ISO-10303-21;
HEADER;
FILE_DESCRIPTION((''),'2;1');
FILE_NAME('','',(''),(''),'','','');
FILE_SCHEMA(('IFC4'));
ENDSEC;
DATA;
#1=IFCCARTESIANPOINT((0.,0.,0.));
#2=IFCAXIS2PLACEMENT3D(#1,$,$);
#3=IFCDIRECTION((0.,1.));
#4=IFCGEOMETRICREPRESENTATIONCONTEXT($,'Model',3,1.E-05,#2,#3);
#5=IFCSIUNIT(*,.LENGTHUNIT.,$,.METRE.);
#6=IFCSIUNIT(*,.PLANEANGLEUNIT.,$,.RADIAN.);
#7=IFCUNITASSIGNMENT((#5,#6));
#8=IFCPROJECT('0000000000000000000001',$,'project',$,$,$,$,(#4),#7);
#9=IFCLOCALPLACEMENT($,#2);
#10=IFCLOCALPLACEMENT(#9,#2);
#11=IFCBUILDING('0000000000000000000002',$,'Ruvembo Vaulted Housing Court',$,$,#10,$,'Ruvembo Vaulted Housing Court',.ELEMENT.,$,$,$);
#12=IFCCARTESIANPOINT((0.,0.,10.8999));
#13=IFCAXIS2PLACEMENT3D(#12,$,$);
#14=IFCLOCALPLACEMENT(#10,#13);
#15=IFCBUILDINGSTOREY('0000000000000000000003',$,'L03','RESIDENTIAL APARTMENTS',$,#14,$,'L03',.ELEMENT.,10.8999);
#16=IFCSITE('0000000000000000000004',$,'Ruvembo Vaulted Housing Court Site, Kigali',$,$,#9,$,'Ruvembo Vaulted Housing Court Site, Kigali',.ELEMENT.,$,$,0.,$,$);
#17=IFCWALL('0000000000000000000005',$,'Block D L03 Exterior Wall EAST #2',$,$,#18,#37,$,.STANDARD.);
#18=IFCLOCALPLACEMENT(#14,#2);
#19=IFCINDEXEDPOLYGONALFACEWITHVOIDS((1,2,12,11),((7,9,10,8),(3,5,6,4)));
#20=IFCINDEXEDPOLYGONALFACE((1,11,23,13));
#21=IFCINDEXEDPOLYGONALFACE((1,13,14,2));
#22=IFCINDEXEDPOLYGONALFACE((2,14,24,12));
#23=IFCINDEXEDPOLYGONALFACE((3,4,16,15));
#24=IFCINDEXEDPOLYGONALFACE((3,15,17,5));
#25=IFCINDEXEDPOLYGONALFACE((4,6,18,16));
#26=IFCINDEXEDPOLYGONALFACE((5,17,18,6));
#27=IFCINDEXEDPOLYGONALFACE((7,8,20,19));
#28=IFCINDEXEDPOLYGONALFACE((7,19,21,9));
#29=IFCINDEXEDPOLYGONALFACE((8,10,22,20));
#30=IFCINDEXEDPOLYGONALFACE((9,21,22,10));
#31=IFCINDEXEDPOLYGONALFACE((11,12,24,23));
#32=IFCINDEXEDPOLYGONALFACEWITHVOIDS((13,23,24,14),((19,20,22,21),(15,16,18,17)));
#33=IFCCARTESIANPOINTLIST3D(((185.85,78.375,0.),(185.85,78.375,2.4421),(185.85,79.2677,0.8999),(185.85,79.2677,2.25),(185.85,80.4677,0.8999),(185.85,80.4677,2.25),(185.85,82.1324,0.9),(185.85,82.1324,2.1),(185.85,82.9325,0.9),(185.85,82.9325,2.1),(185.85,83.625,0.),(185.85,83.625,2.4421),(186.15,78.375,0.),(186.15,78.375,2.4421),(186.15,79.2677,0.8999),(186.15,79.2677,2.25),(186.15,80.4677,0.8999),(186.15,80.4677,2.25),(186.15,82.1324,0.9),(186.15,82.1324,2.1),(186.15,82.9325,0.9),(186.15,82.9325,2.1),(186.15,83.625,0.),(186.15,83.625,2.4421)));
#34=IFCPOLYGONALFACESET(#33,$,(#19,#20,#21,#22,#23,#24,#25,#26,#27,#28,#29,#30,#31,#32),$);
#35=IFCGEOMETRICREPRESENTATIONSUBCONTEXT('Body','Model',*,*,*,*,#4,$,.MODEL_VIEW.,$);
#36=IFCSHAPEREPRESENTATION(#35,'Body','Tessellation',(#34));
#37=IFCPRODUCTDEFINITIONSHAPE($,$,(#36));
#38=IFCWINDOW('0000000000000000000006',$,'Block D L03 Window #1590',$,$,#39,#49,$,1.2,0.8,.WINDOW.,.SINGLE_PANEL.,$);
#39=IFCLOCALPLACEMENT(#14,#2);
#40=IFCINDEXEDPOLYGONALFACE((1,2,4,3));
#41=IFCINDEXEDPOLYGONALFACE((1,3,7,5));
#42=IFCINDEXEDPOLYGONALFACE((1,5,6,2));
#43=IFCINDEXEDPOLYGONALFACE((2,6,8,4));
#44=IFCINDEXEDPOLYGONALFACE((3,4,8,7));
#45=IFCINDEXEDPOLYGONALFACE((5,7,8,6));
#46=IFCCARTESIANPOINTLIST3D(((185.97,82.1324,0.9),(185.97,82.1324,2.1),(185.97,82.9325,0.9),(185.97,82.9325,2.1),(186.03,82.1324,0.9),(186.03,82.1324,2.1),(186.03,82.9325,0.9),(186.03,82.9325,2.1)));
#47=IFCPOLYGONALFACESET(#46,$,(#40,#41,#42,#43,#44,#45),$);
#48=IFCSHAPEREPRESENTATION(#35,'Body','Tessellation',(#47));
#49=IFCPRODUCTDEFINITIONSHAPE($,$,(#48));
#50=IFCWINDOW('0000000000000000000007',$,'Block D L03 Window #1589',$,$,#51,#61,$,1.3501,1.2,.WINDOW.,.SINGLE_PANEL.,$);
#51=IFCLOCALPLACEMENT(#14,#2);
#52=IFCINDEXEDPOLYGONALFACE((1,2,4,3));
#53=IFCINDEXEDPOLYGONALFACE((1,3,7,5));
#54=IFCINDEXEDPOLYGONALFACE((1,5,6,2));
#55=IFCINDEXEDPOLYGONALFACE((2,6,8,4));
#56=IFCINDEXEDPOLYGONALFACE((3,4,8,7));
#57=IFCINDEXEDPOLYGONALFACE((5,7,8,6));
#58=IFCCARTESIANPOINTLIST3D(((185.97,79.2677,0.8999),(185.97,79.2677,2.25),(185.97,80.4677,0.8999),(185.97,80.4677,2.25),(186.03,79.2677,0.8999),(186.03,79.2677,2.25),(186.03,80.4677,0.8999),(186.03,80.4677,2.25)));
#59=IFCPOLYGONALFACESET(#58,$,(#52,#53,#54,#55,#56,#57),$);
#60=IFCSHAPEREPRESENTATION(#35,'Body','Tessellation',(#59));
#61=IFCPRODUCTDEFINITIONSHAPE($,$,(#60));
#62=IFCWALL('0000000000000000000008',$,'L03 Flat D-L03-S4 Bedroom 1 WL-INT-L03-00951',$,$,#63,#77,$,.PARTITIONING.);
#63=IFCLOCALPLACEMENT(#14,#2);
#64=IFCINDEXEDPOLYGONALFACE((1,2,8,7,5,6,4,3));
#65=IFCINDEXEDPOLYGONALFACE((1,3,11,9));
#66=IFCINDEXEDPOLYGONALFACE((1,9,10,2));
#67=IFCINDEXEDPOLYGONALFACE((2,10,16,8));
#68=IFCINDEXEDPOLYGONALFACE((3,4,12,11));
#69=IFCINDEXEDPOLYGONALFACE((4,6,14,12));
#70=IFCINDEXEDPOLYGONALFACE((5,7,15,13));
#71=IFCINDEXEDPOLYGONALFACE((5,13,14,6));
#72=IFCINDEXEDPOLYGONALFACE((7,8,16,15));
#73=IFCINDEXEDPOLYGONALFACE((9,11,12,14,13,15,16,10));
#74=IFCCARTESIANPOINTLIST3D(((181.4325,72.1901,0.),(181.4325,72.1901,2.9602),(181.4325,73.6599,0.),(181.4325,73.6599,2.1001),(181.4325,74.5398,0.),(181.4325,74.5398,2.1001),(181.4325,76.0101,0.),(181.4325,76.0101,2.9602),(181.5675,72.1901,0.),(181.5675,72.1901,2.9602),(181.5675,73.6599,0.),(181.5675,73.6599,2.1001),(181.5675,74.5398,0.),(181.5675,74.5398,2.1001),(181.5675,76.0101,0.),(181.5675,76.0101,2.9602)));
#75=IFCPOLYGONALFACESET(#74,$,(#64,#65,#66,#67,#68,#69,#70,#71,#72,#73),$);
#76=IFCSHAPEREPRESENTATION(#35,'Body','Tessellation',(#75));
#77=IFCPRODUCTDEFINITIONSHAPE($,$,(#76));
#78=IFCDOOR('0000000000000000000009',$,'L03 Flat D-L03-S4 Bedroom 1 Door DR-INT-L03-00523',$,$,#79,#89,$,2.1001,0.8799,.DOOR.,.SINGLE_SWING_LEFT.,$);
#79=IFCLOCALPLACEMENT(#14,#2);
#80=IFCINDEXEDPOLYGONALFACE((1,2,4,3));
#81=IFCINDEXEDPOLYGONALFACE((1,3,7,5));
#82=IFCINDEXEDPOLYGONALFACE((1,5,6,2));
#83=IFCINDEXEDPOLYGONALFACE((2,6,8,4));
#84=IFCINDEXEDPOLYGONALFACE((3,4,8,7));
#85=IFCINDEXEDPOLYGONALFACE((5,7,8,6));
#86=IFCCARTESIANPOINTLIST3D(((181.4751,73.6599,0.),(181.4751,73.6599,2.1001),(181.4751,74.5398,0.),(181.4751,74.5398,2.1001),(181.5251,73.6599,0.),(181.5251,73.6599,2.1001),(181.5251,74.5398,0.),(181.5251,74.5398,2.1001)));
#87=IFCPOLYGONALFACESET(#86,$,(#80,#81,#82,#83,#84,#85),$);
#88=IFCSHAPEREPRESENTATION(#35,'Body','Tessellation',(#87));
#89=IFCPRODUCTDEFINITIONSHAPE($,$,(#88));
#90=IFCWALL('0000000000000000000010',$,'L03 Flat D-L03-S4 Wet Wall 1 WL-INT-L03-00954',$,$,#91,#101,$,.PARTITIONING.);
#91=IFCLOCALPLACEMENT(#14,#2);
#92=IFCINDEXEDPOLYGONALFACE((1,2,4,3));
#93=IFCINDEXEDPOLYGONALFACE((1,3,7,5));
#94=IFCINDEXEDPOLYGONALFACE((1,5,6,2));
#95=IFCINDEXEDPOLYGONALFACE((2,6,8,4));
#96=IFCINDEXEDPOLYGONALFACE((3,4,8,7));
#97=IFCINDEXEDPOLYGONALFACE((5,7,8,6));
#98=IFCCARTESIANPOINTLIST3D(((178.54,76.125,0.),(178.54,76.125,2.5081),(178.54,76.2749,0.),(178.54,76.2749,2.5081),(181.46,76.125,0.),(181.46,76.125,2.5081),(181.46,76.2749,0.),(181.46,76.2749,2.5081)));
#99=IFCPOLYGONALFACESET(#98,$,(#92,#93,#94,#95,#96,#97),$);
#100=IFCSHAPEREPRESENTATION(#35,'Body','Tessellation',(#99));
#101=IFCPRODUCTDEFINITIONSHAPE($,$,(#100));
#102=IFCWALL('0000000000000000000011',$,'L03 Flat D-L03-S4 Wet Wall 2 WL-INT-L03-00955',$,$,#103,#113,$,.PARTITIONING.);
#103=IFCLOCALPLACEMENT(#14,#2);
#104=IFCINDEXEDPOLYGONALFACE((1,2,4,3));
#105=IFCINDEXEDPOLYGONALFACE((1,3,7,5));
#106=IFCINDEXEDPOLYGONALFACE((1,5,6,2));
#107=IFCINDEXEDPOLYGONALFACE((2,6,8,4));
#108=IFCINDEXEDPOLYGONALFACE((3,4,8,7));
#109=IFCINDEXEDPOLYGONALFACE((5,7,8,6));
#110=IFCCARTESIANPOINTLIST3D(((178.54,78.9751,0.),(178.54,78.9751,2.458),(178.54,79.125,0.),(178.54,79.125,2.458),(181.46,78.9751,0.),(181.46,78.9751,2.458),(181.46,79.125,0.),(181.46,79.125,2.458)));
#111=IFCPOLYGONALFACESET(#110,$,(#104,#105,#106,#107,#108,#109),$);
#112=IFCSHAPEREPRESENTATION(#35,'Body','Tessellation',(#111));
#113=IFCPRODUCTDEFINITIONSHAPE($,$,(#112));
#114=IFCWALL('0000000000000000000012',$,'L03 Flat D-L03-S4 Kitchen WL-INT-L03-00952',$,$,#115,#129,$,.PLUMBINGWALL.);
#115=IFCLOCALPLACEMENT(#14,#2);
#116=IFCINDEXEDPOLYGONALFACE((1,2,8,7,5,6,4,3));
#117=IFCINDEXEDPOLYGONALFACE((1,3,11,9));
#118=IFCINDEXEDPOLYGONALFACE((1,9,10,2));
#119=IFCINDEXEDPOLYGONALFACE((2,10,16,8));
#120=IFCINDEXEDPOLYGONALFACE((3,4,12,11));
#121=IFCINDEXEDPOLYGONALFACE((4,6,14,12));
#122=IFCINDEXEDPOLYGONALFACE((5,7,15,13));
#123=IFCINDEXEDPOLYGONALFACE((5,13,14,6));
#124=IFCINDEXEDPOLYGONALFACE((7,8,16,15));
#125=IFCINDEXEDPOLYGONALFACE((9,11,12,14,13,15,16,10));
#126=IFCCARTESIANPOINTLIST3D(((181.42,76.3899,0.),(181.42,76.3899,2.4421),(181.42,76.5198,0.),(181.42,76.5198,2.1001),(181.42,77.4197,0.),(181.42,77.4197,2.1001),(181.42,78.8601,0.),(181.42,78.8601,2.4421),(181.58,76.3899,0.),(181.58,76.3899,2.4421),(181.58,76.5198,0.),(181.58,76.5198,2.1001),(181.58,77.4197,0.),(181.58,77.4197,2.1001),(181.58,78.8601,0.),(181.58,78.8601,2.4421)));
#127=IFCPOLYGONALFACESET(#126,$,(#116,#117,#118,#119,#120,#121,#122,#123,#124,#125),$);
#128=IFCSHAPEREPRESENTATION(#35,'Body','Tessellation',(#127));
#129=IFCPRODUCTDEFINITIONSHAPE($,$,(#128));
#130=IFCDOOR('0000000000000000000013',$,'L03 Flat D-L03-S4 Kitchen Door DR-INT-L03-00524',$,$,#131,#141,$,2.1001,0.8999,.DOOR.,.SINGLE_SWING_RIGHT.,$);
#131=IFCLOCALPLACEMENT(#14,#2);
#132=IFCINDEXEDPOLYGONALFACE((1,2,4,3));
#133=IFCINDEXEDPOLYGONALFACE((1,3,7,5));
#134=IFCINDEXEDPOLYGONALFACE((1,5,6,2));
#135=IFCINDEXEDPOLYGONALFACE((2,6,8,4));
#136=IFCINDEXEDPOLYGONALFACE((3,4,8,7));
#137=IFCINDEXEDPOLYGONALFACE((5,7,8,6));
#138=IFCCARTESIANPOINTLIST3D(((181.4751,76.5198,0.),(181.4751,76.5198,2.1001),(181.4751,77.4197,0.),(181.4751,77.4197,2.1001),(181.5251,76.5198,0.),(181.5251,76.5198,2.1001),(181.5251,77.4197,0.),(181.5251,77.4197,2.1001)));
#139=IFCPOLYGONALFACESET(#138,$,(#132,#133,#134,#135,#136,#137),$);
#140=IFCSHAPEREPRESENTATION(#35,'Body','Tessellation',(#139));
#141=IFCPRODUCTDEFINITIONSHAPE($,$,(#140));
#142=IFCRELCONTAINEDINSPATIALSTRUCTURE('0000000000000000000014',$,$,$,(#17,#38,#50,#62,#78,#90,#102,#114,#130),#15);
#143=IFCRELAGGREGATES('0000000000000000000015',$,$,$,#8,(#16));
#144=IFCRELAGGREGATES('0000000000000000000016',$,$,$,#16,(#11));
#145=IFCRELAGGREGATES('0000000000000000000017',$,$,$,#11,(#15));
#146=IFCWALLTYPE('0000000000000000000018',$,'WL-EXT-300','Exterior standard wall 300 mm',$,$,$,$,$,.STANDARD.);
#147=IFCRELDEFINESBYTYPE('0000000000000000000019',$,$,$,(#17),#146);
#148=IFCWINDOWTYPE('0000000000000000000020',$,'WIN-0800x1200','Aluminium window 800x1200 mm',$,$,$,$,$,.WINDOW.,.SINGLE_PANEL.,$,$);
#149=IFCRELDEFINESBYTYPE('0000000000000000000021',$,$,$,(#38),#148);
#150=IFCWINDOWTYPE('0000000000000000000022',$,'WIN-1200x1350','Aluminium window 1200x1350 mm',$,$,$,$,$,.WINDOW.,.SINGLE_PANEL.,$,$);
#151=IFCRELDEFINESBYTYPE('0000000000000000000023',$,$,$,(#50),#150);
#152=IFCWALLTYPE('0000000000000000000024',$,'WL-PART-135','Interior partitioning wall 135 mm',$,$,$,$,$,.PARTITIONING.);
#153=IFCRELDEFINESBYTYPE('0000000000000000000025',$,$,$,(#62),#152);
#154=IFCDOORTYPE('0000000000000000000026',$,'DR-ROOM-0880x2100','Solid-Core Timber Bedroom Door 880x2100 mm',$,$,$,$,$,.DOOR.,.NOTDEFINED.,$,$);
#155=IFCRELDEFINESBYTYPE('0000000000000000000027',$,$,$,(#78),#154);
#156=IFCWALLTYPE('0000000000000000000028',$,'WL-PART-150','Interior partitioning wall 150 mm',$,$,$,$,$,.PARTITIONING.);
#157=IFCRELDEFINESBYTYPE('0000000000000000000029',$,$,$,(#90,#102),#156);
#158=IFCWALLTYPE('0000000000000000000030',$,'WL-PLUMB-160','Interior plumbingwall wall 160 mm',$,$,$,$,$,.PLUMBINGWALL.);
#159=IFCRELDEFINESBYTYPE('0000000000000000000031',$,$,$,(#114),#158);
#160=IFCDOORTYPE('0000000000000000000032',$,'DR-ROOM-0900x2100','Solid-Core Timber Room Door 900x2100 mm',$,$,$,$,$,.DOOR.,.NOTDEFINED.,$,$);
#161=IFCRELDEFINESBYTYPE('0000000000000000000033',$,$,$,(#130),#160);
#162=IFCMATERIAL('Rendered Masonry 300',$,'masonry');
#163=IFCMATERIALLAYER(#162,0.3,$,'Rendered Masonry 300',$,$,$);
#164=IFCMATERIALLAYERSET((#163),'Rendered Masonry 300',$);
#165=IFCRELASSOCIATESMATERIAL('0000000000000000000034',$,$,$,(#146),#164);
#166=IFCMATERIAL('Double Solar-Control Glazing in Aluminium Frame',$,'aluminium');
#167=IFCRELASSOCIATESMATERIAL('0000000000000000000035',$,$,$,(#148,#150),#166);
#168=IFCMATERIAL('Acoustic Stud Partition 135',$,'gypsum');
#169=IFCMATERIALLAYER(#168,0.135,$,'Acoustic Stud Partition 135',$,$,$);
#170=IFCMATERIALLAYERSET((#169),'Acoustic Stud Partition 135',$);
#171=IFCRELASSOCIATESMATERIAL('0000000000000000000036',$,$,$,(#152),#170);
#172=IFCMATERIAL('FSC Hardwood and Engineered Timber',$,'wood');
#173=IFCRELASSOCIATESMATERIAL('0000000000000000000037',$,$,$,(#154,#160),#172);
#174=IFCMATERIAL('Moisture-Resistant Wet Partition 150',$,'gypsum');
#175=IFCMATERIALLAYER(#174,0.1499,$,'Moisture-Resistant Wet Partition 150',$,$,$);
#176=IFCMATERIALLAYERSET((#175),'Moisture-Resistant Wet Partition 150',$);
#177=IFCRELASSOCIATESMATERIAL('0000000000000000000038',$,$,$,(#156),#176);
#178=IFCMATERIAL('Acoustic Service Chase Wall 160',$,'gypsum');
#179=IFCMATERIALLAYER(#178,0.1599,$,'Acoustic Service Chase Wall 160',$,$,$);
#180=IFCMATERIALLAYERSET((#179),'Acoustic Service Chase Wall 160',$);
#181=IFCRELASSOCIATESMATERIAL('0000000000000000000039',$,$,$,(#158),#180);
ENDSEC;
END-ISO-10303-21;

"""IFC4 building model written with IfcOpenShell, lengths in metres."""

from ifc_helpers import new_model, si_unit, direction, frame, frame_2d, origin, place, context, subcontext, project, spatial, rectangle, extrude, material, layer, layer_set, type_object, element, fill, save


model = new_model("IFC4")

# Units and contexts
model_context = context("Model", 3, precision=1e-05, world=origin(), true_north=direction((0.0, 1.0)))
body_context = subcontext(model_context, "Body", "Model", "MODEL_VIEW")
ifc_project = project(units=[si_unit("LENGTHUNIT", "METRE"), si_unit("PLANEANGLEUNIT", "RADIAN")], contexts=[model_context])

# Site, building, storey
site_placement = place(None, origin())
site = spatial("IfcSite", under=ifc_project, at=site_placement, Name="Ruvembo Vaulted Housing Court Site, Kigali", LongName="Ruvembo Vaulted Housing Court Site, Kigali", CompositionType="ELEMENT", RefElevation=0.0)
building_placement = place(site_placement, origin())
building = spatial("IfcBuilding", under=site, at=building_placement, Name="Ruvembo Vaulted Housing Court", LongName="Ruvembo Vaulted Housing Court", CompositionType="ELEMENT")
storey_placement = place(building_placement, frame((0.0, 0.0, 10.8999)))
storey = spatial("IfcBuildingStorey", under=building, at=storey_placement, Name="L03", Description="RESIDENTIAL APARTMENTS", LongName="L03", CompositionType="ELEMENT", Elevation=10.8999)

# Wall, openings, windows
ifc_material_1 = material(Name="Rendered Masonry 300", Category="masonry")
ifc_layer_1 = layer(ifc_material_1, 0.3, Name="Rendered Masonry 300")
ifc_layer_set_1 = layer_set([ifc_layer_1], Name="Rendered Masonry 300")
wall_type_1 = type_object("IfcWallType", Name="WL-EXT-300", Description="Exterior standard wall 300 mm", PredefinedType="STANDARD", material=ifc_layer_set_1)
ifc_material_2 = material(Name="Double Solar-Control Glazing in Aluminium Frame", Category="aluminium")
window_type_1 = type_object("IfcWindowType", Name="WIN-0800x1200", Description="Aluminium window 800x1200 mm", PartitioningType="SINGLE_PANEL", PredefinedType="WINDOW", material=ifc_material_2)
wall_1_placement = place(storey_placement, frame((186.0, 78.375, 0.0), z_axis=(0.0, 0.0, 1.0), x_axis=(0.0, 1.0, 0.0)))
wall_1 = element("IfcWall", 1, at=wall_1_placement, inside=storey, type_object=wall_type_1, Name="Block D L03 Exterior Wall EAST #2", PredefinedType="STANDARD", context=body_context, shape_type="SweptSolid", body=[
    extrude(rectangle(XDim=5.25, YDim=0.3, at=frame_2d((2.625, 0.0))), origin(), (0.0, 0.0, 1.0), 2.4421),
])
opening_1_placement = place(wall_1_placement, frame((0.8926, 0.0, 0.8999)))
opening_1 = element("IfcOpeningElement", 2, at=opening_1_placement, cuts=wall_1, PredefinedType="OPENING", context=body_context, shape_type="SweptSolid", body=[
    extrude(rectangle(XDim=1.2, YDim=1.3501, at=frame_2d((0.6001, 0.675))), frame((0.0, 0.1599, 0.0), z_axis=(0.0, -1.0, 0.0), x_axis=(1.0, 0.0, 0.0)), (0.0, 0.0, 1.0), 0.3201),
])
opening_2_placement = place(wall_1_placement, frame((3.7576, 0.0, 0.8999)))
opening_2 = element("IfcOpeningElement", 3, at=opening_2_placement, cuts=wall_1, PredefinedType="OPENING", context=body_context, shape_type="SweptSolid", body=[
    extrude(rectangle(XDim=0.8, YDim=1.2, at=frame_2d((0.3999, 0.6001))), frame((0.0, 0.1599, 0.0), z_axis=(0.0, -1.0, 0.0), x_axis=(1.0, 0.0, 0.0)), (0.0, 0.0, 1.0), 0.3201),
])
window_1_placement = place(opening_2_placement, origin())
window_1 = element("IfcWindow", 4, at=window_1_placement, inside=storey, type_object=window_type_1, Name="Block D L03 Window #1590", OverallHeight=1.2, OverallWidth=0.8, PartitioningType="SINGLE_PANEL", PredefinedType="WINDOW", context=body_context, shape_type="SweptSolid", body=[
    extrude(rectangle(XDim=0.8, YDim=1.2, at=frame_2d((0.3999, 0.6001))), frame((0.0, 0.03, 0.0), z_axis=(0.0, -1.0, 0.0), x_axis=(1.0, 0.0, 0.0)), (0.0, 0.0, 1.0), 0.0601),
])
fill(opening_2, window_1)
window_type_2 = type_object("IfcWindowType", Name="WIN-1200x1350", Description="Aluminium window 1200x1350 mm", PartitioningType="SINGLE_PANEL", PredefinedType="WINDOW", material=ifc_material_2)
window_2_placement = place(opening_1_placement, origin())
window_2 = element("IfcWindow", 5, at=window_2_placement, inside=storey, type_object=window_type_2, Name="Block D L03 Window #1589", OverallHeight=1.3501, OverallWidth=1.2, PartitioningType="SINGLE_PANEL", PredefinedType="WINDOW", context=body_context, shape_type="SweptSolid", body=[
    extrude(rectangle(XDim=1.2, YDim=1.3501, at=frame_2d((0.6001, 0.675))), frame((0.0, 0.03, 0.0), z_axis=(0.0, -1.0, 0.0), x_axis=(1.0, 0.0, 0.0)), (0.0, 0.0, 1.0), 0.0601),
])
fill(opening_1, window_2)

# Wall, opening, door
ifc_material_3 = material(Name="Acoustic Stud Partition 135", Category="gypsum")
ifc_layer_2 = layer(ifc_material_3, 0.135, Name="Acoustic Stud Partition 135")
ifc_layer_set_2 = layer_set([ifc_layer_2], Name="Acoustic Stud Partition 135")
wall_type_2 = type_object("IfcWallType", Name="WL-PART-135", Description="Interior partitioning wall 135 mm", PredefinedType="PARTITIONING", material=ifc_layer_set_2)
wall_2_placement = place(storey_placement, frame((181.5, 72.1899, 0.0), z_axis=(0.0, 0.0, 1.0), x_axis=(0.0, 1.0, 0.0)))
wall_2 = element("IfcWall", 6, at=wall_2_placement, inside=storey, type_object=wall_type_2, Name="L03 Flat D-L03-S4 Bedroom 1 WL-INT-L03-00951", PredefinedType="PARTITIONING", context=body_context, shape_type="SweptSolid", body=[
    extrude(rectangle(XDim=3.8201, YDim=0.135, at=frame_2d((1.9102, 0.0))), origin(), (0.0, 0.0, 1.0), 2.9602),
])
opening_3_placement = place(wall_2_placement, frame((1.47, 0.0, 0.0)))
opening_3 = element("IfcOpeningElement", 7, at=opening_3_placement, cuts=wall_2, PredefinedType="OPENING", context=body_context, shape_type="SweptSolid", body=[
    extrude(rectangle(XDim=0.8799, YDim=2.1001, at=frame_2d((0.4399, 1.05))), frame((0.0, 0.0774, 0.0), z_axis=(0.0, -1.0, 0.0), x_axis=(1.0, 0.0, 0.0)), (0.0, 0.0, 1.0), 0.155),
])
ifc_material_4 = material(Name="FSC Hardwood and Engineered Timber", Category="wood")
door_type_1 = type_object("IfcDoorType", Name="DR-ROOM-0880x2100", Description="Solid-Core Timber Bedroom Door 880x2100 mm", OperationType="NOTDEFINED", PredefinedType="DOOR", material=ifc_material_4)
door_1_placement = place(opening_3_placement, origin())
door_1 = element("IfcDoor", 8, at=door_1_placement, inside=storey, type_object=door_type_1, Name="L03 Flat D-L03-S4 Bedroom 1 Door DR-INT-L03-00523", OperationType="SINGLE_SWING_LEFT", OverallHeight=2.1001, OverallWidth=0.8799, PredefinedType="DOOR", context=body_context, shape_type="SweptSolid", body=[
    extrude(rectangle(XDim=0.8799, YDim=2.1001, at=frame_2d((0.4399, 1.05))), frame((0.0, 0.0249, 0.0), z_axis=(0.0, -1.0, 0.0), x_axis=(1.0, 0.0, 0.0)), (0.0, 0.0, 1.0), 0.05),
])
fill(opening_3, door_1)

# Walls
ifc_material_5 = material(Name="Moisture-Resistant Wet Partition 150", Category="gypsum")
ifc_layer_3 = layer(ifc_material_5, 0.1499, Name="Moisture-Resistant Wet Partition 150")
ifc_layer_set_3 = layer_set([ifc_layer_3], Name="Moisture-Resistant Wet Partition 150")
wall_type_3 = type_object("IfcWallType", Name="WL-PART-150", Description="Interior partitioning wall 150 mm", PredefinedType="PARTITIONING", material=ifc_layer_set_3)
wall_3_placement = place(storey_placement, frame((178.54, 76.2, 0.0), z_axis=(0.0, 0.0, 1.0), x_axis=(1.0, 0.0, 0.0)))
element("IfcWall", 9, at=wall_3_placement, inside=storey, type_object=wall_type_3, Name="L03 Flat D-L03-S4 Wet Wall 1 WL-INT-L03-00954", PredefinedType="PARTITIONING", context=body_context, shape_type="SweptSolid", body=[
    extrude(rectangle(XDim=2.9199, YDim=0.1499, at=frame_2d((1.46, 0.0))), origin(), (0.0, 0.0, 1.0), 2.5081),
])
wall_4_placement = place(storey_placement, frame((178.54, 79.05, 0.0), z_axis=(0.0, 0.0, 1.0), x_axis=(1.0, 0.0, 0.0)))
element("IfcWall", 10, at=wall_4_placement, inside=storey, type_object=wall_type_3, Name="L03 Flat D-L03-S4 Wet Wall 2 WL-INT-L03-00955", PredefinedType="PARTITIONING", context=body_context, shape_type="SweptSolid", body=[
    extrude(rectangle(XDim=2.9199, YDim=0.1499, at=frame_2d((1.46, 0.0))), origin(), (0.0, 0.0, 1.0), 2.458),
])

# Wall, opening, door
ifc_material_6 = material(Name="Acoustic Service Chase Wall 160", Category="gypsum")
ifc_layer_4 = layer(ifc_material_6, 0.1599, Name="Acoustic Service Chase Wall 160")
ifc_layer_set_4 = layer_set([ifc_layer_4], Name="Acoustic Service Chase Wall 160")
wall_type_4 = type_object("IfcWallType", Name="WL-PLUMB-160", Description="Interior plumbingwall wall 160 mm", PredefinedType="PLUMBINGWALL", material=ifc_layer_set_4)
wall_5_placement = place(storey_placement, frame((181.5, 76.3899, 0.0), z_axis=(0.0, 0.0, 1.0), x_axis=(0.0, 1.0, 0.0)))
wall_5 = element("IfcWall", 11, at=wall_5_placement, inside=storey, type_object=wall_type_4, Name="L03 Flat D-L03-S4 Kitchen WL-INT-L03-00952", PredefinedType="PLUMBINGWALL", context=body_context, shape_type="SweptSolid", body=[
    extrude(rectangle(XDim=2.4702, YDim=0.1599, at=frame_2d((1.2351, 0.0))), origin(), (0.0, 0.0, 1.0), 2.4421),
])
opening_4_placement = place(wall_5_placement, frame((0.1299, 0.0, 0.0)))
opening_4 = element("IfcOpeningElement", 12, at=opening_4_placement, cuts=wall_5, PredefinedType="OPENING", context=body_context, shape_type="SweptSolid", body=[
    extrude(rectangle(XDim=0.8999, YDim=2.1001, at=frame_2d((0.45, 1.05))), frame((0.0, 0.0898, 0.0), z_axis=(0.0, -1.0, 0.0), x_axis=(1.0, 0.0, 0.0)), (0.0, 0.0, 1.0), 0.1799),
])
door_type_2 = type_object("IfcDoorType", Name="DR-ROOM-0900x2100", Description="Solid-Core Timber Room Door 900x2100 mm", OperationType="NOTDEFINED", PredefinedType="DOOR", material=ifc_material_4)
door_2_placement = place(opening_4_placement, origin())
door_2 = element("IfcDoor", 13, at=door_2_placement, inside=storey, type_object=door_type_2, Name="L03 Flat D-L03-S4 Kitchen Door DR-INT-L03-00524", OperationType="SINGLE_SWING_RIGHT", OverallHeight=2.1001, OverallWidth=0.8999, PredefinedType="DOOR", context=body_context, shape_type="SweptSolid", body=[
    extrude(rectangle(XDim=0.8999, YDim=2.1001, at=frame_2d((0.45, 1.05))), frame((0.0, 0.0249, 0.0), z_axis=(0.0, -1.0, 0.0), x_axis=(1.0, 0.0, 0.0)), (0.0, 0.0, 1.0), 0.05),
])
fill(opening_4, door_2)

save(model, "model.ifc")
